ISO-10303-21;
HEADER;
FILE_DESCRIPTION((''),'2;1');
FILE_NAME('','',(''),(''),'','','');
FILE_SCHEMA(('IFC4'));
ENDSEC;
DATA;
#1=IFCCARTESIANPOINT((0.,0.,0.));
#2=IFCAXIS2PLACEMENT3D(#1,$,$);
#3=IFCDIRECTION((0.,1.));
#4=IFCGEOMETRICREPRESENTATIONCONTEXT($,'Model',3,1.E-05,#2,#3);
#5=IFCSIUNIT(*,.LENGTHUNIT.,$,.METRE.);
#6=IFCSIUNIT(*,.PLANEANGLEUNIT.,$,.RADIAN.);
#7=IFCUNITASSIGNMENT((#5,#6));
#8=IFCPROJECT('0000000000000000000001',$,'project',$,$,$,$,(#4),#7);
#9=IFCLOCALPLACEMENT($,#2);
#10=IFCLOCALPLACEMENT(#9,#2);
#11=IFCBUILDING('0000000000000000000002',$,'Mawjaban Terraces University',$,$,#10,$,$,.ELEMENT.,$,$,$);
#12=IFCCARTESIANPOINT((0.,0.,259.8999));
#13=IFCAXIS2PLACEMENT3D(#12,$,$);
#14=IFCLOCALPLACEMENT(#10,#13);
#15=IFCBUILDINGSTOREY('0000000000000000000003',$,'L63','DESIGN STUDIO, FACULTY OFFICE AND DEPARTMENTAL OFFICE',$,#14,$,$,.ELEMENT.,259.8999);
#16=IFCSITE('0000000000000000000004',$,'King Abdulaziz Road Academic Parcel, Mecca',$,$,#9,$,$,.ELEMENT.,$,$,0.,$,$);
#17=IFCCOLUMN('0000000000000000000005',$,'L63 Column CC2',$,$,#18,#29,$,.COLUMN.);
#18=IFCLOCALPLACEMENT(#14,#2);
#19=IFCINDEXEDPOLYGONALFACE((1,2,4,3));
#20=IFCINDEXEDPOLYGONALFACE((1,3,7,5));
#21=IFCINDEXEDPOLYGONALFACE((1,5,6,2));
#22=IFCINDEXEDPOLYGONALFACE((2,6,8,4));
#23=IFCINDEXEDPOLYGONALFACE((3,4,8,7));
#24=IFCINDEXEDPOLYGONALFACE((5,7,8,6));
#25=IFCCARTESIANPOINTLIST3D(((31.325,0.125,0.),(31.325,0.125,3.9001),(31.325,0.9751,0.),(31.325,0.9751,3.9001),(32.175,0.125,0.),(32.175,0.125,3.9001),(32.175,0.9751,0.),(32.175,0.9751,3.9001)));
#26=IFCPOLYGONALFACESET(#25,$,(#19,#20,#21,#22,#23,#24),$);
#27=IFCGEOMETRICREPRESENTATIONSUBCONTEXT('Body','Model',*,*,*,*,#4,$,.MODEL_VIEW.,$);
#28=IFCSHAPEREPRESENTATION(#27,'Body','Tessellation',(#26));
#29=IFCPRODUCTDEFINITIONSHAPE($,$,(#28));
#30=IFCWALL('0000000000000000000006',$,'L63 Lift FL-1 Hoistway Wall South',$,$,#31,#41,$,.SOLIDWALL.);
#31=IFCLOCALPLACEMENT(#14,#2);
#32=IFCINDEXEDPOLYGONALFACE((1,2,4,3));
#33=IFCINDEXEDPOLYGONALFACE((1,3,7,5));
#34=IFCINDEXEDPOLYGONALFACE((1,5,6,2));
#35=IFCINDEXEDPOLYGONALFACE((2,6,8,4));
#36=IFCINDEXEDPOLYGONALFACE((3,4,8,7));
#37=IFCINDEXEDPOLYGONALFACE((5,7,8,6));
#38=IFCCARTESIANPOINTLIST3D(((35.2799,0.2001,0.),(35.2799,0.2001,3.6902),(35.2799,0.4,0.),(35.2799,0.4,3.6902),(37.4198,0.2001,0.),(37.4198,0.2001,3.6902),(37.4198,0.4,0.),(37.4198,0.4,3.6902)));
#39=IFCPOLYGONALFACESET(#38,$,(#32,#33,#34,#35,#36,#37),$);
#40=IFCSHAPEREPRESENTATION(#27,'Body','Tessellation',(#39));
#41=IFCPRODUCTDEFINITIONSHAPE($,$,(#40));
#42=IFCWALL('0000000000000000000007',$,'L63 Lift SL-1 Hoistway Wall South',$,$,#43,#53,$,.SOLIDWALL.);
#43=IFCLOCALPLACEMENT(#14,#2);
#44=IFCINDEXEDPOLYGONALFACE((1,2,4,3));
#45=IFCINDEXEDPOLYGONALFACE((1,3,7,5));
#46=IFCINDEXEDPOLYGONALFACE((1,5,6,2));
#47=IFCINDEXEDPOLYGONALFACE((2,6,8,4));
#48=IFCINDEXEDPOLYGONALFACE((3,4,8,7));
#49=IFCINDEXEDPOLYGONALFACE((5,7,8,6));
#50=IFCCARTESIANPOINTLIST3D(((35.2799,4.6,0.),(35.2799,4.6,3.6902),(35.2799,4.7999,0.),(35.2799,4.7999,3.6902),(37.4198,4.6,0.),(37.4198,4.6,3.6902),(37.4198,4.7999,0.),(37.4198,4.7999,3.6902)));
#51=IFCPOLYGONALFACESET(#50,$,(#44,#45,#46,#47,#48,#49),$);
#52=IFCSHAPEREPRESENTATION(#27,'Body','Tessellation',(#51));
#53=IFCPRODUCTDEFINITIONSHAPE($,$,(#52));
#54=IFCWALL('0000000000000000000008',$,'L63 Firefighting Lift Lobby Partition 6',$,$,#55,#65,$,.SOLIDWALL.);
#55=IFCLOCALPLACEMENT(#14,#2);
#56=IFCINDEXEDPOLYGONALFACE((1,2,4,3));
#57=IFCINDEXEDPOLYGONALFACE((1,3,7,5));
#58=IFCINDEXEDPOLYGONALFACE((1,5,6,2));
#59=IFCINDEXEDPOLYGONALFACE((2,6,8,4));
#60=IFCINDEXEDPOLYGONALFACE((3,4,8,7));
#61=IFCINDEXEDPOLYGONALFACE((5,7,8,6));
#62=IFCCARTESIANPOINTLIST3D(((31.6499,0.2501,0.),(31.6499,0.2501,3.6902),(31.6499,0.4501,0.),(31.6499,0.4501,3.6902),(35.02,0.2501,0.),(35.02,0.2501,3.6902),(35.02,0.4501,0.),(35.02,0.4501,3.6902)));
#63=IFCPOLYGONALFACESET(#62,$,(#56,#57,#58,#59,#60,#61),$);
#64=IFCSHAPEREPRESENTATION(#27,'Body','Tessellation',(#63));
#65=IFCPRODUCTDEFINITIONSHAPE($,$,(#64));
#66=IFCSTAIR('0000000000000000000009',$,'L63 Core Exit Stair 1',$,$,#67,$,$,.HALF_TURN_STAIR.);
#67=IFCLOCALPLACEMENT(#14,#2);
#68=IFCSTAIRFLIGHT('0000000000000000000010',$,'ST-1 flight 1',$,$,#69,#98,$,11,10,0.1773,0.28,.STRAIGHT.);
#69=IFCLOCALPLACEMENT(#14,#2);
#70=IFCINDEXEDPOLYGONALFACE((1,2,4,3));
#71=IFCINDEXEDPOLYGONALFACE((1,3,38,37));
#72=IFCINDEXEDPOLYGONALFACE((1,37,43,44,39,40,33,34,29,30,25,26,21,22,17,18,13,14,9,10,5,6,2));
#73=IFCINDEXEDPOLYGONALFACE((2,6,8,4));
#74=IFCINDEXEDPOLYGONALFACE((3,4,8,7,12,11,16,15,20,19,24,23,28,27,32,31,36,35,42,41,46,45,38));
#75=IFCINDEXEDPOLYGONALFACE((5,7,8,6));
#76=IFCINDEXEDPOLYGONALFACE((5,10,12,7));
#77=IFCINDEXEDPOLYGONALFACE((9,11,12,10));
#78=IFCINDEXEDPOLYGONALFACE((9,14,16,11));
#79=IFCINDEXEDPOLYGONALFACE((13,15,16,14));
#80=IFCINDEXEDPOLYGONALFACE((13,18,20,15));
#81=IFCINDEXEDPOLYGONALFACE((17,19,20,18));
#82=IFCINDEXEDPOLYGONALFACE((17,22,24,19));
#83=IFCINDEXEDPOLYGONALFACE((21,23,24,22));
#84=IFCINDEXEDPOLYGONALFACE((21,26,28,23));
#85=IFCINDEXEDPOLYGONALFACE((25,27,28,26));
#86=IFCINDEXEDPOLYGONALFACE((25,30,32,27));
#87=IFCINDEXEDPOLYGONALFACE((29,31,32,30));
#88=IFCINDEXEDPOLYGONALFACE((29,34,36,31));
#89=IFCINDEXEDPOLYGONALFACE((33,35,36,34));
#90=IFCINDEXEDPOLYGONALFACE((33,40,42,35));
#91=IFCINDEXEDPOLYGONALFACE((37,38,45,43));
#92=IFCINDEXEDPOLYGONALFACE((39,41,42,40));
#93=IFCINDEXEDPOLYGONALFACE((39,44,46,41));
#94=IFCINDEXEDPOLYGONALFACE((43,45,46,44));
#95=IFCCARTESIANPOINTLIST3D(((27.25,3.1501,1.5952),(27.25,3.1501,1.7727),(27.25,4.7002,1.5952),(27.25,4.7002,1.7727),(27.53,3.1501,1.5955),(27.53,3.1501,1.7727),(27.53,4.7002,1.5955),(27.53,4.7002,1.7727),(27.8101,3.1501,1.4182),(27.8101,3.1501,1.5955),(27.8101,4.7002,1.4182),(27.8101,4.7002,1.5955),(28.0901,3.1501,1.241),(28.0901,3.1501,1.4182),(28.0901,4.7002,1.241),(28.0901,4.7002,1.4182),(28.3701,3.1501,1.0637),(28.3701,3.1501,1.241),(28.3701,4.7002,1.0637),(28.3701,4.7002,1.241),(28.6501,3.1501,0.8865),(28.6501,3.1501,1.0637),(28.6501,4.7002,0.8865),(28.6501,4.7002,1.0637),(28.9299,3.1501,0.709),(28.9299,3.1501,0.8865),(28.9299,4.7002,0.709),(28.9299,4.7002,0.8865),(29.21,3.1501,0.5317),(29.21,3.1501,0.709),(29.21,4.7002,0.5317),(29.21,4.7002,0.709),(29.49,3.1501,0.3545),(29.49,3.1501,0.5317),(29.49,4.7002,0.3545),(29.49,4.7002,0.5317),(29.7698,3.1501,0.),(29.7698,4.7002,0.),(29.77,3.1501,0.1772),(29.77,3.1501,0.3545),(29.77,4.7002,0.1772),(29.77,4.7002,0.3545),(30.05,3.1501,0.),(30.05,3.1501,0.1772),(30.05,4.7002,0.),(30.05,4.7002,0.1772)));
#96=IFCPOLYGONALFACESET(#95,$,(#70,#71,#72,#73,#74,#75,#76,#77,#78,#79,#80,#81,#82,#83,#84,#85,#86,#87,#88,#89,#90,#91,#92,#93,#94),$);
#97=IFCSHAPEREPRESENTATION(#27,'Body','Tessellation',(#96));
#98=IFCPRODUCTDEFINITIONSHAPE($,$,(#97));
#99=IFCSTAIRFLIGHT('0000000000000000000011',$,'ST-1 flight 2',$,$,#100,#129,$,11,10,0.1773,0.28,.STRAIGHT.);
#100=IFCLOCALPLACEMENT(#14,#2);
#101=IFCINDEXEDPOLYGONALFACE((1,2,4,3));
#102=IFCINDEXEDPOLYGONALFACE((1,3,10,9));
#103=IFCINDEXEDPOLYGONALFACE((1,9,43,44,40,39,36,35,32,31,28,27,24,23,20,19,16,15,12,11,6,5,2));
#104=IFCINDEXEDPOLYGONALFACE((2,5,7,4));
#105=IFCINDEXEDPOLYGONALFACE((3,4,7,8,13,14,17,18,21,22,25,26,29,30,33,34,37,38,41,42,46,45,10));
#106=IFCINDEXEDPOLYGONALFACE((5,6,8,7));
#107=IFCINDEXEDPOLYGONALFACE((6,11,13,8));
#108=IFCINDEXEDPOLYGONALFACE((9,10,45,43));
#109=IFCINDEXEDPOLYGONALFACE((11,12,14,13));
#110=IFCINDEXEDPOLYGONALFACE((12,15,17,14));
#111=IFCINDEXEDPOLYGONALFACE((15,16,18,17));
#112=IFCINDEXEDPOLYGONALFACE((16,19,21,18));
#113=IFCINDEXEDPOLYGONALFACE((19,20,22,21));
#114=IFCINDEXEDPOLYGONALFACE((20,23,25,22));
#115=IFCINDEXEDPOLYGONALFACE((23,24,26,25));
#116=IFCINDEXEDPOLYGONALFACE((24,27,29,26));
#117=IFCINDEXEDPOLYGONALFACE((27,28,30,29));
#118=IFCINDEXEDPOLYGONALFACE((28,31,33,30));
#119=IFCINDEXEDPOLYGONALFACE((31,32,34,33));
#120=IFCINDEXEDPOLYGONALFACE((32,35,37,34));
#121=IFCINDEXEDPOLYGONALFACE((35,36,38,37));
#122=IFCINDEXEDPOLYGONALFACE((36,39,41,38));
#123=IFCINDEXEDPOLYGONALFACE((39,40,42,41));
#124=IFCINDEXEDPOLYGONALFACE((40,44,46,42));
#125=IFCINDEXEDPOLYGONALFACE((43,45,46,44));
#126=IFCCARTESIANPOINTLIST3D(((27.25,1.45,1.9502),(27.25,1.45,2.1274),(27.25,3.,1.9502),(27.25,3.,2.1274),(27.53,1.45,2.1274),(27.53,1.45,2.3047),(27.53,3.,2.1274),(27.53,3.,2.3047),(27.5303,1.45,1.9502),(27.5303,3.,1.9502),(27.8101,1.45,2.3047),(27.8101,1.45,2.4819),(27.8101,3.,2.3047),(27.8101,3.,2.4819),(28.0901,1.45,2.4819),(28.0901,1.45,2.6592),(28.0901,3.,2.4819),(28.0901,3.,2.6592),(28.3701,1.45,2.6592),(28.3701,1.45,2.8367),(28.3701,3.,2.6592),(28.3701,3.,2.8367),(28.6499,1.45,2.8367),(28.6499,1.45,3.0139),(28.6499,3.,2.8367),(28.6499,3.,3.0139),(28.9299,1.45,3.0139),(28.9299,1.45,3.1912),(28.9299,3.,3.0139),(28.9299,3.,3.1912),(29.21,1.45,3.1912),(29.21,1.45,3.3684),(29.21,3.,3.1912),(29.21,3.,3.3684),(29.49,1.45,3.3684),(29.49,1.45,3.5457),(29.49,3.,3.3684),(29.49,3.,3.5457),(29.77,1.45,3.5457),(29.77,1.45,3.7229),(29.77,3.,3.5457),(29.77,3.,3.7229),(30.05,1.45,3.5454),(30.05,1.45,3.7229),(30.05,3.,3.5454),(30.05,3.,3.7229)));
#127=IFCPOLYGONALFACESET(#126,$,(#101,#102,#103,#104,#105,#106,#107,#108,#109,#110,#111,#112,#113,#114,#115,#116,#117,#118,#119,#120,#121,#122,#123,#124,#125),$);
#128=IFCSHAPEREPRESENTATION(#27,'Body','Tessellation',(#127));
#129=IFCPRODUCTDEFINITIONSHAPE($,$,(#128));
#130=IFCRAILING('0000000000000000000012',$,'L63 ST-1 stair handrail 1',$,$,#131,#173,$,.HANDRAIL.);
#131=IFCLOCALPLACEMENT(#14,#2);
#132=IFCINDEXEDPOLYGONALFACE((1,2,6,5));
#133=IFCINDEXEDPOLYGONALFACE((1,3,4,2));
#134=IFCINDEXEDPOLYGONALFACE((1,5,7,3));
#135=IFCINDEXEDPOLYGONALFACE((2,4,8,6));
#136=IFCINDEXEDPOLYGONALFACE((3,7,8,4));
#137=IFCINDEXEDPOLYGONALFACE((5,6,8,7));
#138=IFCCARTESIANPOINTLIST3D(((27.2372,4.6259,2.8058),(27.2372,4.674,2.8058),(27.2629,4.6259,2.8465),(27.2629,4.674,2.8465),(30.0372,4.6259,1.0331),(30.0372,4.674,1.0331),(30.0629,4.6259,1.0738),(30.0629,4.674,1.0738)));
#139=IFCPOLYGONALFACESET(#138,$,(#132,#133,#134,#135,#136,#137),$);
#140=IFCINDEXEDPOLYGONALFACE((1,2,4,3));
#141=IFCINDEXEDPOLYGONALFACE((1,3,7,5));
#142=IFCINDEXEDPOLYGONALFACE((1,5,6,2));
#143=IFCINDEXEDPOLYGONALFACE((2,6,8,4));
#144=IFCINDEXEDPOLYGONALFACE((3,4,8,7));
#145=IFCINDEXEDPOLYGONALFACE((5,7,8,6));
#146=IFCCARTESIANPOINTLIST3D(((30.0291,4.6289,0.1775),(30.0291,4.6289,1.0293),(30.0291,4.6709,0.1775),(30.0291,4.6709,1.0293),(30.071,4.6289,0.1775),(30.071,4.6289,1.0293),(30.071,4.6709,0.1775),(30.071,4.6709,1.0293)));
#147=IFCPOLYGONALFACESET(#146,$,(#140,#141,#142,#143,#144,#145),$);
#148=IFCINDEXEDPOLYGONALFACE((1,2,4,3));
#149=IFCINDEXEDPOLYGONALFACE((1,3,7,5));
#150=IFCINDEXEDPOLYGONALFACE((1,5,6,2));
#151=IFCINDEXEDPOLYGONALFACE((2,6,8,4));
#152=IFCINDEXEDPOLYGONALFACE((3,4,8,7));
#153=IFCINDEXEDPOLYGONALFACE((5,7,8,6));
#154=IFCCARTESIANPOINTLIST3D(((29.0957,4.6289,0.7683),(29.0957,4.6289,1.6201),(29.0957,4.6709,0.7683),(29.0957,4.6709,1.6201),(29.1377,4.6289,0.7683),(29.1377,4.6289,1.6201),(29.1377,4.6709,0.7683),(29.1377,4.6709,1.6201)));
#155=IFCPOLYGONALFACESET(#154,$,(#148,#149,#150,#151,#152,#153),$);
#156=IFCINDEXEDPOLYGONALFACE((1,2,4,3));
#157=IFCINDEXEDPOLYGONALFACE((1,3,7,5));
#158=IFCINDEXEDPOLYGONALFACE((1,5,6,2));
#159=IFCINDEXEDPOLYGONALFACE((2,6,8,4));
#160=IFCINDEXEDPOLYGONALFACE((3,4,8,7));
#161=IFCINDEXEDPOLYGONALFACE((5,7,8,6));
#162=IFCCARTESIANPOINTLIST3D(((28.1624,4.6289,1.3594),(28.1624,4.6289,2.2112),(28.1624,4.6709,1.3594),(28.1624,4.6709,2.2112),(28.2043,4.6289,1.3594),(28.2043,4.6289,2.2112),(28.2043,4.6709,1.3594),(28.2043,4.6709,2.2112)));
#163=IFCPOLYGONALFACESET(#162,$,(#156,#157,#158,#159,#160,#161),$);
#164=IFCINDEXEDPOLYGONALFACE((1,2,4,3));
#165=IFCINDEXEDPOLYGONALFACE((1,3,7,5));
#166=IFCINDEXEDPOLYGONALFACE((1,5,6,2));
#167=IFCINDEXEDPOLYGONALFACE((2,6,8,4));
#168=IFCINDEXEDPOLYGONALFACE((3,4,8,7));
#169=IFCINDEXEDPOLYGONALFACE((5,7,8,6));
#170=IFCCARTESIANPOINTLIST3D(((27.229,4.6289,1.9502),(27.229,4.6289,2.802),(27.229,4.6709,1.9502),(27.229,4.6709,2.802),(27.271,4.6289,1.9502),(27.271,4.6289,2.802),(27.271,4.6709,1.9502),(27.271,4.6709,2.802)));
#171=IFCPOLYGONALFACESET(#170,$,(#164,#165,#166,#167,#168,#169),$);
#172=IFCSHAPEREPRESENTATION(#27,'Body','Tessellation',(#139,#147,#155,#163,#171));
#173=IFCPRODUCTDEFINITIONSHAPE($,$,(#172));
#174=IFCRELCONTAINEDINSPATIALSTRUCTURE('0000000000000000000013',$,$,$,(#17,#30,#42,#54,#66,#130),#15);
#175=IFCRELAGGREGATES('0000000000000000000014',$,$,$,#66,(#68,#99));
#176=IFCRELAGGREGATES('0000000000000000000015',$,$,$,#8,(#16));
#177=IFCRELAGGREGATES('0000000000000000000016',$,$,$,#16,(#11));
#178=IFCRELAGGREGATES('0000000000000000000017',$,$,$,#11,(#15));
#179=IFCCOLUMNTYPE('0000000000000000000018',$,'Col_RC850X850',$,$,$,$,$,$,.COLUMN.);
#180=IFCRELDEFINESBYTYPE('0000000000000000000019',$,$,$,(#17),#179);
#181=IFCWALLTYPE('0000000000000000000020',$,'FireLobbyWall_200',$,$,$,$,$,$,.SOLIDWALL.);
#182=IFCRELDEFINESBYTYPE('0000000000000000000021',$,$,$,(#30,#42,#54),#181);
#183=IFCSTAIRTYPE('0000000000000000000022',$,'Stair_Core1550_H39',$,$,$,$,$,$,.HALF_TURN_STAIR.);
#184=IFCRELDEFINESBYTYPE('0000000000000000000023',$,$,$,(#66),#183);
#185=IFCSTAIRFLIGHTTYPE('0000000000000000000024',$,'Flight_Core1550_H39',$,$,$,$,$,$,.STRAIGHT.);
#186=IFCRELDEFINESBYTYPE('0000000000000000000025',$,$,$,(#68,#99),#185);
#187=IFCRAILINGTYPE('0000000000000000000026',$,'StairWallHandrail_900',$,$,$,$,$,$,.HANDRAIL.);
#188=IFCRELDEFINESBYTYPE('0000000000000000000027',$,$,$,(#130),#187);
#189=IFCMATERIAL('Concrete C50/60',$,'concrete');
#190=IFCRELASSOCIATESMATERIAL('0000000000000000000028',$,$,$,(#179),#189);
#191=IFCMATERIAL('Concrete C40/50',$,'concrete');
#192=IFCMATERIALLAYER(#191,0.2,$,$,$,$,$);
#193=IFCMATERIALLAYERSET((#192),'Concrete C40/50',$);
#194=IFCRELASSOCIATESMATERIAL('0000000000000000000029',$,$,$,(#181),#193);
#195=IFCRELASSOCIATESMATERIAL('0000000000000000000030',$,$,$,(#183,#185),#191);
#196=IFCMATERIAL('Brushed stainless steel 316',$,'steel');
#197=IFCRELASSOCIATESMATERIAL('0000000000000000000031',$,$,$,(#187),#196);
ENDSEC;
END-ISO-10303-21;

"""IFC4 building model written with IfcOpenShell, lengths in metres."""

from ifc_helpers import new_model, si_unit, direction, frame, frame_2d, origin, origin_2d, place, context, subcontext, project, spatial, polyline, rectangle, outline, extrude, material, layer, layer_set, material_profile, profile_set, type_object, element, aggregate, save


model = new_model("IFC4")

# Units and contexts
model_context = context("Model", 3, precision=1e-05, world=origin(), true_north=direction((0.0, 1.0)))
body_context = subcontext(model_context, "Body", "Model", "MODEL_VIEW")
ifc_project = project(units=[si_unit("LENGTHUNIT", "METRE"), si_unit("PLANEANGLEUNIT", "RADIAN")], contexts=[model_context])

# Site, building, storey
site_placement = place(None, origin())
site = spatial("IfcSite", under=ifc_project, at=site_placement, Name="King Abdulaziz Road Academic Parcel, Mecca", CompositionType="ELEMENT", RefElevation=0.0)
building_placement = place(site_placement, origin())
building = spatial("IfcBuilding", under=site, at=building_placement, Name="Mawjaban Terraces University", CompositionType="ELEMENT")
storey_placement = place(building_placement, frame((0.0, 0.0, 259.8999)))
storey = spatial("IfcBuildingStorey", under=building, at=storey_placement, Name="L63", Description="DESIGN STUDIO, FACULTY OFFICE AND DEPARTMENTAL OFFICE", CompositionType="ELEMENT", Elevation=259.8999)

# Column
ifc_material_1 = material(Name="Concrete C50/60", Category="concrete")
ifc_material_profile = material_profile(ifc_material_1, rectangle(XDim=0.8501, YDim=0.8501, at=origin_2d()), Name="RC850X850")
ifc_profile_set = profile_set([ifc_material_profile], Name="Concrete C50/60")
column_type = type_object("IfcColumnType", Name="Col_RC850X850", PredefinedType="COLUMN", material=ifc_profile_set)
column_placement = place(storey_placement, frame((31.75, 0.55, 0.0), z_axis=(0.0, 0.0, 1.0), x_axis=(1.0, 0.0, 0.0)))
element("IfcColumn", 1, at=column_placement, inside=storey, type_object=column_type, Name="L63 Column CC2", PredefinedType="COLUMN", context=body_context, shape_type="SweptSolid", body=[
    extrude(rectangle(XDim=0.8501, YDim=0.8501, at=origin_2d()), origin(), (0.0, 0.0, 1.0), 3.9001),
])

# Shared definitions
ifc_material_2 = material(Name="Concrete C40/50", Category="concrete")
ifc_layer_1 = layer(ifc_material_2, 0.2)
ifc_layer_set_1 = layer_set([ifc_layer_1], Name="Concrete C40/50")
wall_type_1 = type_object("IfcWallType", Name="FireLobbyWall_200", PredefinedType="SOLIDWALL", material=ifc_layer_set_1)

# Wall
wall_1_placement = place(storey_placement, frame((35.28, 0.3, 0.0), z_axis=(0.0, 0.0, 1.0), x_axis=(1.0, 0.0, 0.0)))
element("IfcWall", 2, at=wall_1_placement, inside=storey, type_object=wall_type_1, Name="L63 Lift FL-1 Hoistway Wall South", PredefinedType="SOLIDWALL", context=body_context, shape_type="SweptSolid", body=[
    extrude(rectangle(XDim=2.1399, YDim=0.2, at=frame_2d((1.0698, 0.0))), origin(), (0.0, 0.0, 1.0), 3.6902),
])

# Walls
wall_2_placement = place(storey_placement, frame((35.28, 4.7, 0.0), z_axis=(0.0, 0.0, 1.0), x_axis=(1.0, 0.0, 0.0)))
element("IfcWall", 3, at=wall_2_placement, inside=storey, type_object=wall_type_1, Name="L63 Lift SL-1 Hoistway Wall South", PredefinedType="SOLIDWALL", context=body_context, shape_type="SweptSolid", body=[
    extrude(rectangle(XDim=2.1399, YDim=0.2, at=frame_2d((1.0698, 0.0))), origin(), (0.0, 0.0, 1.0), 3.6902),
])
wall_3_placement = place(storey_placement, frame((31.6499, 0.3501, 0.0), z_axis=(0.0, 0.0, 1.0), x_axis=(1.0, 0.0, 0.0)))
element("IfcWall", 4, at=wall_3_placement, inside=storey, type_object=wall_type_1, Name="L63 Firefighting Lift Lobby Partition 6", PredefinedType="SOLIDWALL", context=body_context, shape_type="SweptSolid", body=[
    extrude(rectangle(XDim=3.3701, YDim=0.2, at=frame_2d((1.6851, 0.0))), origin(), (0.0, 0.0, 1.0), 3.6902),
])

# Stair, stair flights
stair_type = type_object("IfcStairType", Name="Stair_Core1550_H39", PredefinedType="HALF_TURN_STAIR", material=ifc_material_2)
stair_placement = place(storey_placement, origin())
stair = element("IfcStair", 5, at=stair_placement, inside=storey, type_object=stair_type, Name="L63 Core Exit Stair 1", PredefinedType="HALF_TURN_STAIR")
stair_flight_type = type_object("IfcStairFlightType", Name="Flight_Core1550_H39", PredefinedType="STRAIGHT", material=ifc_material_2)
stair_flight_1_placement = place(storey_placement, frame((30.05, 3.925, 0.0), z_axis=(0.0, 0.0, 1.0), x_axis=(-1.0, 0.0, 0.0)))
stair_flight_1 = element("IfcStairFlight", 6, at=stair_flight_1_placement, type_object=stair_flight_type, Name="ST-1 flight 1", NumberOfRisers=11, NumberOfTreads=10, PredefinedType="STRAIGHT", RiserHeight=0.1773, TreadLength=0.28, context=body_context, shape_type="SweptSolid", body=[
    extrude(outline(polyline([(0.0, 0.0), (0.0, 0.1772), (0.28, 0.1772), (0.28, 0.3545), (0.5601, 0.3545), (0.5601, 0.5317), (0.8401, 0.5317), (0.8401, 0.709), (1.1201, 0.709), (1.1201, 0.8865), (1.3999, 0.8865), (1.3999, 1.0637), (1.6799, 1.0637), (1.6799, 1.241), (1.96, 1.241), (1.96, 1.4182), (2.24, 1.4182), (2.24, 1.5955), (2.52, 1.5955), (2.52, 1.7727), (2.8, 1.7727), (2.8, 1.95), (2.8, 1.5952), (0.2803, 0.0), (0.0, 0.0)])), frame((0.0, 0.7749, 0.0), z_axis=(0.0, -1.0, 0.0), x_axis=(1.0, 0.0, 0.0)), (0.0, 0.0, 1.0), 1.55),
])
stair_flight_2_placement = place(storey_placement, frame((27.25, 2.2251, 1.9502), z_axis=(0.0, 0.0, 1.0), x_axis=(1.0, 0.0, 0.0)))
stair_flight_2 = element("IfcStairFlight", 7, at=stair_flight_2_placement, type_object=stair_flight_type, Name="ST-1 flight 2", NumberOfRisers=11, NumberOfTreads=10, PredefinedType="STRAIGHT", RiserHeight=0.1773, TreadLength=0.28, context=body_context, shape_type="SweptSolid", body=[
    extrude(outline(polyline([(0.0, 0.0), (0.0, 0.1772), (0.28, 0.1772), (0.28, 0.3545), (0.5601, 0.3545), (0.5601, 0.5317), (0.8401, 0.5317), (0.8401, 0.709), (1.1201, 0.709), (1.1201, 0.8865), (1.3999, 0.8865), (1.3999, 1.0637), (1.6799, 1.0637), (1.6799, 1.241), (1.96, 1.241), (1.96, 1.4182), (2.24, 1.4182), (2.24, 1.5955), (2.52, 1.5955), (2.52, 1.7727), (2.8, 1.7727), (2.8, 1.95), (2.8, 1.5952), (0.2803, 0.0), (0.0, 0.0)])), frame((0.0, 0.7749, 0.0), z_axis=(0.0, -1.0, 0.0), x_axis=(1.0, 0.0, 0.0)), (0.0, 0.0, 1.0), 1.55),
])
aggregate(stair, [stair_flight_1, stair_flight_2])

# Railing
ifc_material_3 = material(Name="Brushed stainless steel 316", Category="steel")
railing_type_1 = type_object("IfcRailingType", Name="StairWallHandrail_900", PredefinedType="HANDRAIL", material=ifc_material_3)
railing_1_placement = place(storey_placement, frame((30.05, 4.6499, 0.1775)))
element("IfcRailing", 8, at=railing_1_placement, inside=storey, type_object=railing_type_1, Name="L63 ST-1 stair handrail 1", PredefinedType="HANDRAIL", context=body_context, shape_type="SweptSolid", body=[
    extrude(rectangle(XDim=0.0481, YDim=0.0481, at=origin_2d()), frame((0.0, 0.0, 0.876), z_axis=(-0.844909, 0.0, 0.53491), x_axis=(0.0, -1.0, 0.0)), (0.0, 0.0, 1.0), 3.314),
    extrude(rectangle(XDim=0.042, YDim=0.042, at=origin_2d()), origin(), (0.0, 0.0, 1.0), 0.8518),
    extrude(rectangle(XDim=0.042, YDim=0.042, at=origin_2d()), frame((-0.9333, 0.0, 0.5908)), (0.0, 0.0, 1.0), 0.8518),
    extrude(rectangle(XDim=0.042, YDim=0.042, at=origin_2d()), frame((-1.8667, 0.0, 1.1819)), (0.0, 0.0, 1.0), 0.8518),
    extrude(rectangle(XDim=0.042, YDim=0.042, at=origin_2d()), frame((-2.8, 0.0, 1.7727)), (0.0, 0.0, 1.0), 0.8518),
])

save(model, "model.ifc")
